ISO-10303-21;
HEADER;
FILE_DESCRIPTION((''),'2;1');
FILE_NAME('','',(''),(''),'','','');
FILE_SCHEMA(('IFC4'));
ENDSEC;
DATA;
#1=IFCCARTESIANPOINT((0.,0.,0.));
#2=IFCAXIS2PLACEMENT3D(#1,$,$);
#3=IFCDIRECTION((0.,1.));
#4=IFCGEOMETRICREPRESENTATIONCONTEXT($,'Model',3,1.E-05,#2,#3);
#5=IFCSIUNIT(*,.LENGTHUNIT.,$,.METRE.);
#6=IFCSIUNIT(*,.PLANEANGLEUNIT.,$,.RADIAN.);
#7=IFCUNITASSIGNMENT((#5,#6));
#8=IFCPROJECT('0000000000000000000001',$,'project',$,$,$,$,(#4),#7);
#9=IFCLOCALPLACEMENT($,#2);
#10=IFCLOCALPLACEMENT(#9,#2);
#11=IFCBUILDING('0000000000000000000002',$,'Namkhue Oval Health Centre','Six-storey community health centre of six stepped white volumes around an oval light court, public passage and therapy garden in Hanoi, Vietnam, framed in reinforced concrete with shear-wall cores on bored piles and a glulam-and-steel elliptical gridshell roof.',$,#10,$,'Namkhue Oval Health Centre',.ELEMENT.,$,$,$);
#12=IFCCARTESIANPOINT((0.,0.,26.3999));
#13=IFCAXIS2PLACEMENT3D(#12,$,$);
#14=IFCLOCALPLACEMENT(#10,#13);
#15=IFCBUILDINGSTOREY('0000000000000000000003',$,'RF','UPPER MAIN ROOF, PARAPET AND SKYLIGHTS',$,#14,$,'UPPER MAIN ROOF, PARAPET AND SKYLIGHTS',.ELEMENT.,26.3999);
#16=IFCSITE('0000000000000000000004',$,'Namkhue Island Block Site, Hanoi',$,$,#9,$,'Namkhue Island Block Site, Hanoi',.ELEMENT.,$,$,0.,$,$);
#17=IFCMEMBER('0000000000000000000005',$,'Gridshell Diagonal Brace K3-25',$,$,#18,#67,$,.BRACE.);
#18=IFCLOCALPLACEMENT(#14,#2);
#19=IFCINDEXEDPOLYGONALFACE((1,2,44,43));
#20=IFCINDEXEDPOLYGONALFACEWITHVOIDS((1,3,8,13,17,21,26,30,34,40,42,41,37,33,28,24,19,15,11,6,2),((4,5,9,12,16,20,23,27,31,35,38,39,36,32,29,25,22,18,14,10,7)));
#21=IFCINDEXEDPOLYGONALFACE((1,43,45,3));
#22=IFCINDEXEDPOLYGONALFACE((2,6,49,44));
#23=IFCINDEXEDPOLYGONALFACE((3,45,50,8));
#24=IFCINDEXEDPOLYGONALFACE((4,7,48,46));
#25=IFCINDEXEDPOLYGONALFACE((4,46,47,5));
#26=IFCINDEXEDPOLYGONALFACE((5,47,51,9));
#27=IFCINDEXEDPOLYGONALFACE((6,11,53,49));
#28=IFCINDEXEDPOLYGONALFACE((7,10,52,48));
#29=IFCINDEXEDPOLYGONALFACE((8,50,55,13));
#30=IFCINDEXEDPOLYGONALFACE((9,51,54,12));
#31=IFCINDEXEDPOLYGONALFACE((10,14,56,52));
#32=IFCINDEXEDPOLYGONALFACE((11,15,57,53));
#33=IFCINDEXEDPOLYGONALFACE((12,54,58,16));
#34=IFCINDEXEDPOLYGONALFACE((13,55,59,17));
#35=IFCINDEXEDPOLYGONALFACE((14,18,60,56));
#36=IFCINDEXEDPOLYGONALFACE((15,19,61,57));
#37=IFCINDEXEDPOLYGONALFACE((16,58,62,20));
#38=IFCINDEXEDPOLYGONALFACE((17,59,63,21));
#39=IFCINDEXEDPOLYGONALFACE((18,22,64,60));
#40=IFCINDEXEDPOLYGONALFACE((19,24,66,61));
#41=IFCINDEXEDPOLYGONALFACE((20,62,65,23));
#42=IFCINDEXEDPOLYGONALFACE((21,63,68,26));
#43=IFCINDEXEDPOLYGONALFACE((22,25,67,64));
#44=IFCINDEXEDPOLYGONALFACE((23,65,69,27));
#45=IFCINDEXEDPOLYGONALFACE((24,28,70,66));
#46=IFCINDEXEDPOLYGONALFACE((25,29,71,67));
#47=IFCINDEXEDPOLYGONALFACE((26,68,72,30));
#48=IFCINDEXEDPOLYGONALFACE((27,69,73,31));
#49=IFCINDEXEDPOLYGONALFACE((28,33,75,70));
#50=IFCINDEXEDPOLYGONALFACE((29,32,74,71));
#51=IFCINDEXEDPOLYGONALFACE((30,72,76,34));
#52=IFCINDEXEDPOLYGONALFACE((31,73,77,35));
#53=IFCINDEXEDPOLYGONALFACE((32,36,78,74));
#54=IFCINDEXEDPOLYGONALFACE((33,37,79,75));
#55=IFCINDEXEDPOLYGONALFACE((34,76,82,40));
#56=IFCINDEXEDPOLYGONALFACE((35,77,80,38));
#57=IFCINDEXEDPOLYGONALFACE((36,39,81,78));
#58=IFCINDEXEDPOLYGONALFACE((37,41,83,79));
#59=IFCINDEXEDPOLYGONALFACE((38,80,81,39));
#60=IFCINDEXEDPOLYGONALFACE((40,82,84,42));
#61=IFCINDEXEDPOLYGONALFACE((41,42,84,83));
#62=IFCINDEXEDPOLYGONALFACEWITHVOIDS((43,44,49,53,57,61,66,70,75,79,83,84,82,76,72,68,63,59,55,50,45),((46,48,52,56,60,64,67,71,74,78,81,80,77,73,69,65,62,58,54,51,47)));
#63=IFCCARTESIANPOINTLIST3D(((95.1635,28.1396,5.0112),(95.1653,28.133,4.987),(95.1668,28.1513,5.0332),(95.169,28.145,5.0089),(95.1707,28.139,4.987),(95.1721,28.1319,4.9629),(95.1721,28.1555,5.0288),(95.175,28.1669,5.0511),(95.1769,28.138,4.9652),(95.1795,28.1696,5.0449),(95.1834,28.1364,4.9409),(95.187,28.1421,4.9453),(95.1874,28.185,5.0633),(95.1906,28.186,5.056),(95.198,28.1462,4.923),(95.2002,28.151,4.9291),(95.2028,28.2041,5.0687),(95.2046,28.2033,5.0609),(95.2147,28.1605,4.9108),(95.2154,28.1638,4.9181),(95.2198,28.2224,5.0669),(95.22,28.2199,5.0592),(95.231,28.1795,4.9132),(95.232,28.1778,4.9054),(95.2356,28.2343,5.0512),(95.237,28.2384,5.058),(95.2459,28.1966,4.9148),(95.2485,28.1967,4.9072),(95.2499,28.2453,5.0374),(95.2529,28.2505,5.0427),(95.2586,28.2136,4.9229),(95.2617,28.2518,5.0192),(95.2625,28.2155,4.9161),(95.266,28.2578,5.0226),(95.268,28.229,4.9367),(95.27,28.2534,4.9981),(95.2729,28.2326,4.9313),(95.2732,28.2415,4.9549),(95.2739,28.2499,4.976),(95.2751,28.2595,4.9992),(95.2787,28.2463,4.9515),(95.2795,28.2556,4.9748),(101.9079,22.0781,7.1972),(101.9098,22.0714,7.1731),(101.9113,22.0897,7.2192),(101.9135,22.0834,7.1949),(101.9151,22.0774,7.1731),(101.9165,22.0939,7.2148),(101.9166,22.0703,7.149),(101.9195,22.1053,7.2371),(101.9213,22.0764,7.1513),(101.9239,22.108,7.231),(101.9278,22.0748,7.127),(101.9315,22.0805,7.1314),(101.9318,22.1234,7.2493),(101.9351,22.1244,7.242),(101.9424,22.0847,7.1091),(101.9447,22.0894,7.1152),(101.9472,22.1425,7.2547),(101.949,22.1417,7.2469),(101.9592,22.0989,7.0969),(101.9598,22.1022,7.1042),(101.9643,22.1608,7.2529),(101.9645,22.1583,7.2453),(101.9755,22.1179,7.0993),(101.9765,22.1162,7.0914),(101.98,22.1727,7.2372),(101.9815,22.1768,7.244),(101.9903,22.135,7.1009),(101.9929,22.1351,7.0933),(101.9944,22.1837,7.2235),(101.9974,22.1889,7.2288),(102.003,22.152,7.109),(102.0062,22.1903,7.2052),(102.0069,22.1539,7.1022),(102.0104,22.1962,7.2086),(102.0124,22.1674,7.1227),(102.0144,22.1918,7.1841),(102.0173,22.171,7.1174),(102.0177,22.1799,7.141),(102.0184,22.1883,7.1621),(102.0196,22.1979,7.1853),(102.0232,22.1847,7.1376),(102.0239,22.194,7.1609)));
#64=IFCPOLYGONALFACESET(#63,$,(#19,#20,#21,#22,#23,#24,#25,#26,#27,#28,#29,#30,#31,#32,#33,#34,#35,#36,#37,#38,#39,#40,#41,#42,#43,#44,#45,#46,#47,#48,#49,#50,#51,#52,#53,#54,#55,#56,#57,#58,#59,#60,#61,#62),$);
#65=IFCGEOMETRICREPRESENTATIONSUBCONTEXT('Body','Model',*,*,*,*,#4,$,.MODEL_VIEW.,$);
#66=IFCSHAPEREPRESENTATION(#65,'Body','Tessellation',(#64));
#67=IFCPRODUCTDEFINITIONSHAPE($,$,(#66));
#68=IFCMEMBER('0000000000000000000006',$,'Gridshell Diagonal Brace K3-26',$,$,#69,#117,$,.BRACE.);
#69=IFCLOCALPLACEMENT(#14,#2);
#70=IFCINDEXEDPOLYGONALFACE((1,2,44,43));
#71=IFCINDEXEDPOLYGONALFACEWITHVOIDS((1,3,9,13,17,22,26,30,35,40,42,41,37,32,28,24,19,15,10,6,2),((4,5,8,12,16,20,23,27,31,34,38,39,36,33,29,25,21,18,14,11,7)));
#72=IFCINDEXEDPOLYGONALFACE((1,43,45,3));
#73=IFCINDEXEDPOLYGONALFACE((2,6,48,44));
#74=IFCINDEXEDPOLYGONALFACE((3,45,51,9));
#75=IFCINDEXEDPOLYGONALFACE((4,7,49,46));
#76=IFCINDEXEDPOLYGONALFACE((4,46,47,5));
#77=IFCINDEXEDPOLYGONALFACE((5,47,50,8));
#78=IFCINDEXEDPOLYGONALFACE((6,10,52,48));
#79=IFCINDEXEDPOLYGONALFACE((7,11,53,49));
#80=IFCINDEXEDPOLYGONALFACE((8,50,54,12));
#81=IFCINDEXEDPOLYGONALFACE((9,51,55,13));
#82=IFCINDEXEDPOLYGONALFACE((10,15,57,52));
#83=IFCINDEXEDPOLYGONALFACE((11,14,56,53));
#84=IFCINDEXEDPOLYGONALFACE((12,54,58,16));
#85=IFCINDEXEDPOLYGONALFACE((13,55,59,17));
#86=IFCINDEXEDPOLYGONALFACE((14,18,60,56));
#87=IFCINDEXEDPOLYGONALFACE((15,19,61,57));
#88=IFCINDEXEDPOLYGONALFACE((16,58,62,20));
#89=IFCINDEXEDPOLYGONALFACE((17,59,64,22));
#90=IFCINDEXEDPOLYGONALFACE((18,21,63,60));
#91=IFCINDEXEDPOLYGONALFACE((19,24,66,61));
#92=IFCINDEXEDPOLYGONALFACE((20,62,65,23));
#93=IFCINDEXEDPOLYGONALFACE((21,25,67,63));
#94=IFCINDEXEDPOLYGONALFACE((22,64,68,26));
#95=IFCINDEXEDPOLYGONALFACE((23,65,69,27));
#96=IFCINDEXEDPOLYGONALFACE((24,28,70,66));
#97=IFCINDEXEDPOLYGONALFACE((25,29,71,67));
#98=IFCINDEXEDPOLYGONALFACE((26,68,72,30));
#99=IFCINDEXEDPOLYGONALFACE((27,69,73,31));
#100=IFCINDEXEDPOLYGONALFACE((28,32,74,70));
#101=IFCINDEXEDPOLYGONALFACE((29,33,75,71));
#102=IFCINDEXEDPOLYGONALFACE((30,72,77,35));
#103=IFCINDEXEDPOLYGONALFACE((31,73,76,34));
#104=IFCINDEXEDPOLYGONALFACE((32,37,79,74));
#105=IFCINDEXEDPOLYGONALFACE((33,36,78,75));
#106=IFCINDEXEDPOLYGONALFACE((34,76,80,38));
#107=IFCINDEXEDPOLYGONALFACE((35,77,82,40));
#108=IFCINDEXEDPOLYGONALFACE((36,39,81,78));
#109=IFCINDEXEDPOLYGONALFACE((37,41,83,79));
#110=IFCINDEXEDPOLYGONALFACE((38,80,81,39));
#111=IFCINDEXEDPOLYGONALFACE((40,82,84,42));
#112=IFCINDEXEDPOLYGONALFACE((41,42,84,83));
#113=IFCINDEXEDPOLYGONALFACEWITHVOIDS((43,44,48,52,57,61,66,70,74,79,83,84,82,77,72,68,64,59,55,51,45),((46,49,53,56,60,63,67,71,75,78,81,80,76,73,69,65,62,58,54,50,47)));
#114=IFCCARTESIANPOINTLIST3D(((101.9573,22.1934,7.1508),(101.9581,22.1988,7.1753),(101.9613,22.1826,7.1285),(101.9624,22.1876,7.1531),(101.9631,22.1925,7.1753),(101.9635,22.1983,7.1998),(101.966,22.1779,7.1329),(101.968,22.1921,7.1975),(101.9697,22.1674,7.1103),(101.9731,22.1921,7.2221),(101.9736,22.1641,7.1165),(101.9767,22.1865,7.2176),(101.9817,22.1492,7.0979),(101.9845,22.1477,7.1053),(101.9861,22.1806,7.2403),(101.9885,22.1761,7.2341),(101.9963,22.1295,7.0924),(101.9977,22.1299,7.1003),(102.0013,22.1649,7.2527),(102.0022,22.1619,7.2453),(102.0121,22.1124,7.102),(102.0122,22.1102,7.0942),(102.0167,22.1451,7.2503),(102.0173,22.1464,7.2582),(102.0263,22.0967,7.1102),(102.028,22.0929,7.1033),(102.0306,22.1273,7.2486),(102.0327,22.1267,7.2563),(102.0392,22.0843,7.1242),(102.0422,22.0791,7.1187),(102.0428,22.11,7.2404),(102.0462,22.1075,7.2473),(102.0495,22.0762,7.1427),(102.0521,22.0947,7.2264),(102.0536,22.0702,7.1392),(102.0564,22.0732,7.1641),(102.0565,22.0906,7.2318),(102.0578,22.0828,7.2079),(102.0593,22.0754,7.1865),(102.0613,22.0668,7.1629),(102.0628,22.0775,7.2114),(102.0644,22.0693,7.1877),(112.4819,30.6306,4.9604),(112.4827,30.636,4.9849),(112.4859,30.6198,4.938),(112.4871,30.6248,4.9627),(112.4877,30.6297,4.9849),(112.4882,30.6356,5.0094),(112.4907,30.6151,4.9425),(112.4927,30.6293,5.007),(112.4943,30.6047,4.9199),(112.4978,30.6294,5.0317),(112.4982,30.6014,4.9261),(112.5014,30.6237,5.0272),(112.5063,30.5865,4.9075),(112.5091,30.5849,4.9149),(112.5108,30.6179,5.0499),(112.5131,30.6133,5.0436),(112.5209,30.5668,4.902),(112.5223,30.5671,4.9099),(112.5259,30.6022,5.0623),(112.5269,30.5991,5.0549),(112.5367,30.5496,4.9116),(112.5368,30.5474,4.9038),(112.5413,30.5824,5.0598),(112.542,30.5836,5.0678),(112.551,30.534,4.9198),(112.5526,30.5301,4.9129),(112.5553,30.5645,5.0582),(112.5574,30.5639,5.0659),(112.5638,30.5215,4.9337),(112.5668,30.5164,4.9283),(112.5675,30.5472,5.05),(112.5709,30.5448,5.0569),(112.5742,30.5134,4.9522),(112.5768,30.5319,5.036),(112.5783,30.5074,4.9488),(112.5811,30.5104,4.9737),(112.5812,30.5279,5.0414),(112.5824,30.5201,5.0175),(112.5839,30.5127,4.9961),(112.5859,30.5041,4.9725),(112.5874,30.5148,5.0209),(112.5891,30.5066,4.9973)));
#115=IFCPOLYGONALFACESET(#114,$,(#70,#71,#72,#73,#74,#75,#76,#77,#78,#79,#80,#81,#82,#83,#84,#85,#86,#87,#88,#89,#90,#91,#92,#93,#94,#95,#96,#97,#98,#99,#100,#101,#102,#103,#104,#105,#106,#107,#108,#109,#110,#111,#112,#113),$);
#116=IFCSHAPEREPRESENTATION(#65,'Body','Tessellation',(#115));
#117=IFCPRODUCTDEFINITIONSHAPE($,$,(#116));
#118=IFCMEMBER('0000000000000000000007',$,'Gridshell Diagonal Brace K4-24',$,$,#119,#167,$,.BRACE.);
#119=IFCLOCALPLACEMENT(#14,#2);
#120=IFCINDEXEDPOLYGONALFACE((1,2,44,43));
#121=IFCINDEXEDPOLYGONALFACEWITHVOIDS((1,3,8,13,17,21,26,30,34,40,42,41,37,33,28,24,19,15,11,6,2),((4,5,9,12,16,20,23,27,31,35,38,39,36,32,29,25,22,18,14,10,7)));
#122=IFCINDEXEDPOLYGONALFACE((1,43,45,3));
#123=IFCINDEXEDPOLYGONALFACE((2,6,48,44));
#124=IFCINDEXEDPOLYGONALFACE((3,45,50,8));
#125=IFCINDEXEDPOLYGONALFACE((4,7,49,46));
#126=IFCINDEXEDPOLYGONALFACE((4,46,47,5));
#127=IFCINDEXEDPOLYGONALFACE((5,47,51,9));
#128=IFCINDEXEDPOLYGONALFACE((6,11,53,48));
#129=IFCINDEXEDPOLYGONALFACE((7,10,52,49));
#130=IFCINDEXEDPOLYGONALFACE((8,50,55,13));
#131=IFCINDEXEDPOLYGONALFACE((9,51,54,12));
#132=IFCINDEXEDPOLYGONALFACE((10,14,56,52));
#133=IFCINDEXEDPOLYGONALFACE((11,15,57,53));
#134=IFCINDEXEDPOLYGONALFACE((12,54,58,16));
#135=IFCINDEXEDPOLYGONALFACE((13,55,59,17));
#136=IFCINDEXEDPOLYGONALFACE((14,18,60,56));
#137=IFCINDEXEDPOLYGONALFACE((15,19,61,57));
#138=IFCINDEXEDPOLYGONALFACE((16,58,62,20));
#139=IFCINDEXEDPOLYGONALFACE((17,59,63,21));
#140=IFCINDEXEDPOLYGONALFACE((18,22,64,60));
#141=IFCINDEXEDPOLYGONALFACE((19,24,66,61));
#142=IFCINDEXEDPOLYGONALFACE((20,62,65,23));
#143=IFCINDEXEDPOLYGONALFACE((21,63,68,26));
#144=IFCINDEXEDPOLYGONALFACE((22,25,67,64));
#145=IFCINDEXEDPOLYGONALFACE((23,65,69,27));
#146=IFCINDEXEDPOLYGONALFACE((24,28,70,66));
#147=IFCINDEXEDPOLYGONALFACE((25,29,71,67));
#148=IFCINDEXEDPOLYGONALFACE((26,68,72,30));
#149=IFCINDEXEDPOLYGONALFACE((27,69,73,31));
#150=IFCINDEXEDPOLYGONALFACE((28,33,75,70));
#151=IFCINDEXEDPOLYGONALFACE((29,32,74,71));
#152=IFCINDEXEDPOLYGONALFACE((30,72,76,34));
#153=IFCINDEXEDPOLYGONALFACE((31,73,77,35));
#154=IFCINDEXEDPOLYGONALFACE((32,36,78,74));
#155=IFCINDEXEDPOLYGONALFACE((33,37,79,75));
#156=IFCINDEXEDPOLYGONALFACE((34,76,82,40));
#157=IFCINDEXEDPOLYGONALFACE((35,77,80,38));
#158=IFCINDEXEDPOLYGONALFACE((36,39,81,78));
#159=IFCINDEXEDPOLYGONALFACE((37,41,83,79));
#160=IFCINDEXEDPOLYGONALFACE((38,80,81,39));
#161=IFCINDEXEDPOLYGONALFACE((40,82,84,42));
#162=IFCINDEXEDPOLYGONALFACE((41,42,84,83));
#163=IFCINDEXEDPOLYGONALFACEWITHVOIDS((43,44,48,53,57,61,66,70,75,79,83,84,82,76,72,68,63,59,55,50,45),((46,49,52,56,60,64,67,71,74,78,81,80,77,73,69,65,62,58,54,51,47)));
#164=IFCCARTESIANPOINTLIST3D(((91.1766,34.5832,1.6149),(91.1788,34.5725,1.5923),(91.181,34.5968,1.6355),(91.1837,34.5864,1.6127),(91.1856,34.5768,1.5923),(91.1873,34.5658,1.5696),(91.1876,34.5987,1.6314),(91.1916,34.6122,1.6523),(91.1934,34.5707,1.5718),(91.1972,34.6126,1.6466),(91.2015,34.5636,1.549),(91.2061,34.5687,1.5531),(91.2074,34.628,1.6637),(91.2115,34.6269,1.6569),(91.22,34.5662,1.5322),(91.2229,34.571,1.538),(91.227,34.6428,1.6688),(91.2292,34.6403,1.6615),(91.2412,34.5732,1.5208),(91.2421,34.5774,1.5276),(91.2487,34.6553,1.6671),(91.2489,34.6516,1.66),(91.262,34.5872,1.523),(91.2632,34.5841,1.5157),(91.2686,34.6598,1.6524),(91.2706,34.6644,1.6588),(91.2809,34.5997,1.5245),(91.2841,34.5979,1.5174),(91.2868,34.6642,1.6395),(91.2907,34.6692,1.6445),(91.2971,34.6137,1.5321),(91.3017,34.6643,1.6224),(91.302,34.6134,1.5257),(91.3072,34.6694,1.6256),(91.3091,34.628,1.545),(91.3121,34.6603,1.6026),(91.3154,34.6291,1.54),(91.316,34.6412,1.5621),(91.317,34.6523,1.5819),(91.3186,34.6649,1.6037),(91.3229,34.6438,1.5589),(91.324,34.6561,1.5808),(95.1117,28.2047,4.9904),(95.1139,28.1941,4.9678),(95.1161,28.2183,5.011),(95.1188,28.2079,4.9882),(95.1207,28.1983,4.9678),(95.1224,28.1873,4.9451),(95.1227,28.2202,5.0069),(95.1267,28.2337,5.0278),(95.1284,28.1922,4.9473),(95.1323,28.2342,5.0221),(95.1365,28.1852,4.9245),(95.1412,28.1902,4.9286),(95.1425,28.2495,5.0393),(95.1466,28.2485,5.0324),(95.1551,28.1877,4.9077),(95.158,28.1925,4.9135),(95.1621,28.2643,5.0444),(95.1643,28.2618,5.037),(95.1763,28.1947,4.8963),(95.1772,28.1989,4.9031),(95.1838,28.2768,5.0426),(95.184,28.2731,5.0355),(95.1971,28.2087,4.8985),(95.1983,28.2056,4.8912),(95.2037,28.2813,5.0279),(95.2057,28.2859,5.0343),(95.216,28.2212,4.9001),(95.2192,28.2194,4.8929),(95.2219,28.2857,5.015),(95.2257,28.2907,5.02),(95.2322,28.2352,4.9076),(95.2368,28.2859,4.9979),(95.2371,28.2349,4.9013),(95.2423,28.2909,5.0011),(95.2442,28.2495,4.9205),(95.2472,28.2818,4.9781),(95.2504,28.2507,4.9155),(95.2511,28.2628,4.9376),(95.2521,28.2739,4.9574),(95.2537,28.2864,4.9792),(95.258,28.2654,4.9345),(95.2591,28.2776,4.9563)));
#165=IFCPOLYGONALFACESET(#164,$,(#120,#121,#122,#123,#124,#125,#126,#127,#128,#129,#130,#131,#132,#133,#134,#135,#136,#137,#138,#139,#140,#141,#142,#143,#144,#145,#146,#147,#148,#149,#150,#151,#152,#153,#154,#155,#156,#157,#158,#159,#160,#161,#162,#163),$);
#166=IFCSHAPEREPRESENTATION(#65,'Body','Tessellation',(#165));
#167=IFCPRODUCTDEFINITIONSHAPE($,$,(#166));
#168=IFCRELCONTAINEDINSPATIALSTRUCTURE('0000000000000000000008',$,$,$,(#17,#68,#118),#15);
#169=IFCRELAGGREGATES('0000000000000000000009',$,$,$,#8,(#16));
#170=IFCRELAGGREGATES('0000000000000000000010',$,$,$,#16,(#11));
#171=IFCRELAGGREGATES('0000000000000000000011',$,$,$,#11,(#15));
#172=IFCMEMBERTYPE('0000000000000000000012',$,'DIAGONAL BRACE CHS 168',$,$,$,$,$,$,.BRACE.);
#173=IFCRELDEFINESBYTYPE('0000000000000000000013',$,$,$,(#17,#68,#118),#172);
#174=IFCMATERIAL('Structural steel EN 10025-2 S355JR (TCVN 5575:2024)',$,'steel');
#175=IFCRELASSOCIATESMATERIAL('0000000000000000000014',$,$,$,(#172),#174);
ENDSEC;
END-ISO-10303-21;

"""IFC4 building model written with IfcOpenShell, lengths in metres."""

from ifc_helpers import new_model, si_unit, direction, frame, origin, origin_2d, place, context, subcontext, project, spatial, hollow_circle, extrude, material, material_profile, profile_set, type_object, element, save


model = new_model("IFC4")

# Units and contexts
model_context = context("Model", 3, precision=1e-05, world=origin(), true_north=direction((0.0, 1.0)))
body_context = subcontext(model_context, "Body", "Model", "MODEL_VIEW")
ifc_project = project(units=[si_unit("LENGTHUNIT", "METRE"), si_unit("PLANEANGLEUNIT", "RADIAN")], contexts=[model_context])

# Site, building, storey
site_placement = place(None, origin())
site = spatial("IfcSite", under=ifc_project, at=site_placement, Name="Namkhue Island Block Site, Hanoi", LongName="Namkhue Island Block Site, Hanoi", CompositionType="ELEMENT", RefElevation=0.0)
building_placement = place(site_placement, origin())
building = spatial("IfcBuilding", under=site, at=building_placement, Name="Namkhue Oval Health Centre", Description="Six-storey community health centre of six stepped white volumes around an oval light court, public passage and therapy garden in Hanoi, Vietnam, framed in reinforced concrete with shear-wall cores on bored piles and a glulam-and-steel elliptical gridshell roof.", LongName="Namkhue Oval Health Centre", CompositionType="ELEMENT")
storey_placement = place(building_placement, frame((0.0, 0.0, 26.3999)))
storey = spatial("IfcBuildingStorey", under=building, at=storey_placement, Name="RF", Description="UPPER MAIN ROOF, PARAPET AND SKYLIGHTS", LongName="UPPER MAIN ROOF, PARAPET AND SKYLIGHTS", CompositionType="ELEMENT", Elevation=26.3999)

# Members
ifc_material_1 = material(Name="Structural steel EN 10025-2 S355JR (TCVN 5575:2024)", Category="steel")
ifc_material_profile_1 = material_profile(ifc_material_1, hollow_circle(Radius=0.0842, WallThickness=0.0081, at=origin_2d()), Name="CHS 168.3x8")
ifc_profile_set_1 = profile_set([ifc_material_profile_1], Name="Structural steel EN 10025-2 S355JR (TCVN 5575:2024)")
member_type_1 = type_object("IfcMemberType", Name="DIAGONAL BRACE CHS 168", PredefinedType="BRACE", material=ifc_profile_set_1)
member_1_placement = place(storey_placement, frame((101.9661, 22.134, 7.1731), z_axis=(-0.723043, 0.649835, -0.234357), x_axis=(-0.668451, -0.743756, 0.0)))
element("IfcMember", 1, at=member_1_placement, inside=storey, type_object=member_type_1, Name="Gridshell Diagonal Brace K3-25", PredefinedType="BRACE", context=body_context, shape_type="SweptSolid", body=[
    extrude(hollow_circle(Radius=0.0842, WallThickness=0.0081, at=origin_2d()), origin(), (0.0, 0.0, 1.0), 9.3279),
])
member_2_placement = place(storey_placement, frame((102.0107, 22.1331, 7.1753), z_axis=(0.770147, 0.6174, -0.160286), x_axis=(-0.625487, 0.780234, 0.0)))
element("IfcMember", 2, at=member_2_placement, inside=storey, type_object=member_type_1, Name="Gridshell Diagonal Brace K3-26", PredefinedType="BRACE", context=body_context, shape_type="SweptSolid", body=[
    extrude(hollow_circle(Radius=0.0842, WallThickness=0.0081, at=origin_2d()), origin(), (0.0, 0.0, 1.0), 13.6658),
])
member_3_placement = place(storey_placement, frame((95.1855, 28.2383, 4.9678), z_axis=(-0.478737, 0.775995, -0.41066), x_axis=(-0.851069, -0.525053, 0.0)))
element("IfcMember", 3, at=member_3_placement, inside=storey, type_object=member_type_1, Name="Gridshell Diagonal Brace K4-24", PredefinedType="BRACE", context=body_context, shape_type="SweptSolid", body=[
    extrude(hollow_circle(Radius=0.0842, WallThickness=0.0081, at=origin_2d()), origin(), (0.0, 0.0, 1.0), 8.2197),
])

save(model, "model.ifc")
